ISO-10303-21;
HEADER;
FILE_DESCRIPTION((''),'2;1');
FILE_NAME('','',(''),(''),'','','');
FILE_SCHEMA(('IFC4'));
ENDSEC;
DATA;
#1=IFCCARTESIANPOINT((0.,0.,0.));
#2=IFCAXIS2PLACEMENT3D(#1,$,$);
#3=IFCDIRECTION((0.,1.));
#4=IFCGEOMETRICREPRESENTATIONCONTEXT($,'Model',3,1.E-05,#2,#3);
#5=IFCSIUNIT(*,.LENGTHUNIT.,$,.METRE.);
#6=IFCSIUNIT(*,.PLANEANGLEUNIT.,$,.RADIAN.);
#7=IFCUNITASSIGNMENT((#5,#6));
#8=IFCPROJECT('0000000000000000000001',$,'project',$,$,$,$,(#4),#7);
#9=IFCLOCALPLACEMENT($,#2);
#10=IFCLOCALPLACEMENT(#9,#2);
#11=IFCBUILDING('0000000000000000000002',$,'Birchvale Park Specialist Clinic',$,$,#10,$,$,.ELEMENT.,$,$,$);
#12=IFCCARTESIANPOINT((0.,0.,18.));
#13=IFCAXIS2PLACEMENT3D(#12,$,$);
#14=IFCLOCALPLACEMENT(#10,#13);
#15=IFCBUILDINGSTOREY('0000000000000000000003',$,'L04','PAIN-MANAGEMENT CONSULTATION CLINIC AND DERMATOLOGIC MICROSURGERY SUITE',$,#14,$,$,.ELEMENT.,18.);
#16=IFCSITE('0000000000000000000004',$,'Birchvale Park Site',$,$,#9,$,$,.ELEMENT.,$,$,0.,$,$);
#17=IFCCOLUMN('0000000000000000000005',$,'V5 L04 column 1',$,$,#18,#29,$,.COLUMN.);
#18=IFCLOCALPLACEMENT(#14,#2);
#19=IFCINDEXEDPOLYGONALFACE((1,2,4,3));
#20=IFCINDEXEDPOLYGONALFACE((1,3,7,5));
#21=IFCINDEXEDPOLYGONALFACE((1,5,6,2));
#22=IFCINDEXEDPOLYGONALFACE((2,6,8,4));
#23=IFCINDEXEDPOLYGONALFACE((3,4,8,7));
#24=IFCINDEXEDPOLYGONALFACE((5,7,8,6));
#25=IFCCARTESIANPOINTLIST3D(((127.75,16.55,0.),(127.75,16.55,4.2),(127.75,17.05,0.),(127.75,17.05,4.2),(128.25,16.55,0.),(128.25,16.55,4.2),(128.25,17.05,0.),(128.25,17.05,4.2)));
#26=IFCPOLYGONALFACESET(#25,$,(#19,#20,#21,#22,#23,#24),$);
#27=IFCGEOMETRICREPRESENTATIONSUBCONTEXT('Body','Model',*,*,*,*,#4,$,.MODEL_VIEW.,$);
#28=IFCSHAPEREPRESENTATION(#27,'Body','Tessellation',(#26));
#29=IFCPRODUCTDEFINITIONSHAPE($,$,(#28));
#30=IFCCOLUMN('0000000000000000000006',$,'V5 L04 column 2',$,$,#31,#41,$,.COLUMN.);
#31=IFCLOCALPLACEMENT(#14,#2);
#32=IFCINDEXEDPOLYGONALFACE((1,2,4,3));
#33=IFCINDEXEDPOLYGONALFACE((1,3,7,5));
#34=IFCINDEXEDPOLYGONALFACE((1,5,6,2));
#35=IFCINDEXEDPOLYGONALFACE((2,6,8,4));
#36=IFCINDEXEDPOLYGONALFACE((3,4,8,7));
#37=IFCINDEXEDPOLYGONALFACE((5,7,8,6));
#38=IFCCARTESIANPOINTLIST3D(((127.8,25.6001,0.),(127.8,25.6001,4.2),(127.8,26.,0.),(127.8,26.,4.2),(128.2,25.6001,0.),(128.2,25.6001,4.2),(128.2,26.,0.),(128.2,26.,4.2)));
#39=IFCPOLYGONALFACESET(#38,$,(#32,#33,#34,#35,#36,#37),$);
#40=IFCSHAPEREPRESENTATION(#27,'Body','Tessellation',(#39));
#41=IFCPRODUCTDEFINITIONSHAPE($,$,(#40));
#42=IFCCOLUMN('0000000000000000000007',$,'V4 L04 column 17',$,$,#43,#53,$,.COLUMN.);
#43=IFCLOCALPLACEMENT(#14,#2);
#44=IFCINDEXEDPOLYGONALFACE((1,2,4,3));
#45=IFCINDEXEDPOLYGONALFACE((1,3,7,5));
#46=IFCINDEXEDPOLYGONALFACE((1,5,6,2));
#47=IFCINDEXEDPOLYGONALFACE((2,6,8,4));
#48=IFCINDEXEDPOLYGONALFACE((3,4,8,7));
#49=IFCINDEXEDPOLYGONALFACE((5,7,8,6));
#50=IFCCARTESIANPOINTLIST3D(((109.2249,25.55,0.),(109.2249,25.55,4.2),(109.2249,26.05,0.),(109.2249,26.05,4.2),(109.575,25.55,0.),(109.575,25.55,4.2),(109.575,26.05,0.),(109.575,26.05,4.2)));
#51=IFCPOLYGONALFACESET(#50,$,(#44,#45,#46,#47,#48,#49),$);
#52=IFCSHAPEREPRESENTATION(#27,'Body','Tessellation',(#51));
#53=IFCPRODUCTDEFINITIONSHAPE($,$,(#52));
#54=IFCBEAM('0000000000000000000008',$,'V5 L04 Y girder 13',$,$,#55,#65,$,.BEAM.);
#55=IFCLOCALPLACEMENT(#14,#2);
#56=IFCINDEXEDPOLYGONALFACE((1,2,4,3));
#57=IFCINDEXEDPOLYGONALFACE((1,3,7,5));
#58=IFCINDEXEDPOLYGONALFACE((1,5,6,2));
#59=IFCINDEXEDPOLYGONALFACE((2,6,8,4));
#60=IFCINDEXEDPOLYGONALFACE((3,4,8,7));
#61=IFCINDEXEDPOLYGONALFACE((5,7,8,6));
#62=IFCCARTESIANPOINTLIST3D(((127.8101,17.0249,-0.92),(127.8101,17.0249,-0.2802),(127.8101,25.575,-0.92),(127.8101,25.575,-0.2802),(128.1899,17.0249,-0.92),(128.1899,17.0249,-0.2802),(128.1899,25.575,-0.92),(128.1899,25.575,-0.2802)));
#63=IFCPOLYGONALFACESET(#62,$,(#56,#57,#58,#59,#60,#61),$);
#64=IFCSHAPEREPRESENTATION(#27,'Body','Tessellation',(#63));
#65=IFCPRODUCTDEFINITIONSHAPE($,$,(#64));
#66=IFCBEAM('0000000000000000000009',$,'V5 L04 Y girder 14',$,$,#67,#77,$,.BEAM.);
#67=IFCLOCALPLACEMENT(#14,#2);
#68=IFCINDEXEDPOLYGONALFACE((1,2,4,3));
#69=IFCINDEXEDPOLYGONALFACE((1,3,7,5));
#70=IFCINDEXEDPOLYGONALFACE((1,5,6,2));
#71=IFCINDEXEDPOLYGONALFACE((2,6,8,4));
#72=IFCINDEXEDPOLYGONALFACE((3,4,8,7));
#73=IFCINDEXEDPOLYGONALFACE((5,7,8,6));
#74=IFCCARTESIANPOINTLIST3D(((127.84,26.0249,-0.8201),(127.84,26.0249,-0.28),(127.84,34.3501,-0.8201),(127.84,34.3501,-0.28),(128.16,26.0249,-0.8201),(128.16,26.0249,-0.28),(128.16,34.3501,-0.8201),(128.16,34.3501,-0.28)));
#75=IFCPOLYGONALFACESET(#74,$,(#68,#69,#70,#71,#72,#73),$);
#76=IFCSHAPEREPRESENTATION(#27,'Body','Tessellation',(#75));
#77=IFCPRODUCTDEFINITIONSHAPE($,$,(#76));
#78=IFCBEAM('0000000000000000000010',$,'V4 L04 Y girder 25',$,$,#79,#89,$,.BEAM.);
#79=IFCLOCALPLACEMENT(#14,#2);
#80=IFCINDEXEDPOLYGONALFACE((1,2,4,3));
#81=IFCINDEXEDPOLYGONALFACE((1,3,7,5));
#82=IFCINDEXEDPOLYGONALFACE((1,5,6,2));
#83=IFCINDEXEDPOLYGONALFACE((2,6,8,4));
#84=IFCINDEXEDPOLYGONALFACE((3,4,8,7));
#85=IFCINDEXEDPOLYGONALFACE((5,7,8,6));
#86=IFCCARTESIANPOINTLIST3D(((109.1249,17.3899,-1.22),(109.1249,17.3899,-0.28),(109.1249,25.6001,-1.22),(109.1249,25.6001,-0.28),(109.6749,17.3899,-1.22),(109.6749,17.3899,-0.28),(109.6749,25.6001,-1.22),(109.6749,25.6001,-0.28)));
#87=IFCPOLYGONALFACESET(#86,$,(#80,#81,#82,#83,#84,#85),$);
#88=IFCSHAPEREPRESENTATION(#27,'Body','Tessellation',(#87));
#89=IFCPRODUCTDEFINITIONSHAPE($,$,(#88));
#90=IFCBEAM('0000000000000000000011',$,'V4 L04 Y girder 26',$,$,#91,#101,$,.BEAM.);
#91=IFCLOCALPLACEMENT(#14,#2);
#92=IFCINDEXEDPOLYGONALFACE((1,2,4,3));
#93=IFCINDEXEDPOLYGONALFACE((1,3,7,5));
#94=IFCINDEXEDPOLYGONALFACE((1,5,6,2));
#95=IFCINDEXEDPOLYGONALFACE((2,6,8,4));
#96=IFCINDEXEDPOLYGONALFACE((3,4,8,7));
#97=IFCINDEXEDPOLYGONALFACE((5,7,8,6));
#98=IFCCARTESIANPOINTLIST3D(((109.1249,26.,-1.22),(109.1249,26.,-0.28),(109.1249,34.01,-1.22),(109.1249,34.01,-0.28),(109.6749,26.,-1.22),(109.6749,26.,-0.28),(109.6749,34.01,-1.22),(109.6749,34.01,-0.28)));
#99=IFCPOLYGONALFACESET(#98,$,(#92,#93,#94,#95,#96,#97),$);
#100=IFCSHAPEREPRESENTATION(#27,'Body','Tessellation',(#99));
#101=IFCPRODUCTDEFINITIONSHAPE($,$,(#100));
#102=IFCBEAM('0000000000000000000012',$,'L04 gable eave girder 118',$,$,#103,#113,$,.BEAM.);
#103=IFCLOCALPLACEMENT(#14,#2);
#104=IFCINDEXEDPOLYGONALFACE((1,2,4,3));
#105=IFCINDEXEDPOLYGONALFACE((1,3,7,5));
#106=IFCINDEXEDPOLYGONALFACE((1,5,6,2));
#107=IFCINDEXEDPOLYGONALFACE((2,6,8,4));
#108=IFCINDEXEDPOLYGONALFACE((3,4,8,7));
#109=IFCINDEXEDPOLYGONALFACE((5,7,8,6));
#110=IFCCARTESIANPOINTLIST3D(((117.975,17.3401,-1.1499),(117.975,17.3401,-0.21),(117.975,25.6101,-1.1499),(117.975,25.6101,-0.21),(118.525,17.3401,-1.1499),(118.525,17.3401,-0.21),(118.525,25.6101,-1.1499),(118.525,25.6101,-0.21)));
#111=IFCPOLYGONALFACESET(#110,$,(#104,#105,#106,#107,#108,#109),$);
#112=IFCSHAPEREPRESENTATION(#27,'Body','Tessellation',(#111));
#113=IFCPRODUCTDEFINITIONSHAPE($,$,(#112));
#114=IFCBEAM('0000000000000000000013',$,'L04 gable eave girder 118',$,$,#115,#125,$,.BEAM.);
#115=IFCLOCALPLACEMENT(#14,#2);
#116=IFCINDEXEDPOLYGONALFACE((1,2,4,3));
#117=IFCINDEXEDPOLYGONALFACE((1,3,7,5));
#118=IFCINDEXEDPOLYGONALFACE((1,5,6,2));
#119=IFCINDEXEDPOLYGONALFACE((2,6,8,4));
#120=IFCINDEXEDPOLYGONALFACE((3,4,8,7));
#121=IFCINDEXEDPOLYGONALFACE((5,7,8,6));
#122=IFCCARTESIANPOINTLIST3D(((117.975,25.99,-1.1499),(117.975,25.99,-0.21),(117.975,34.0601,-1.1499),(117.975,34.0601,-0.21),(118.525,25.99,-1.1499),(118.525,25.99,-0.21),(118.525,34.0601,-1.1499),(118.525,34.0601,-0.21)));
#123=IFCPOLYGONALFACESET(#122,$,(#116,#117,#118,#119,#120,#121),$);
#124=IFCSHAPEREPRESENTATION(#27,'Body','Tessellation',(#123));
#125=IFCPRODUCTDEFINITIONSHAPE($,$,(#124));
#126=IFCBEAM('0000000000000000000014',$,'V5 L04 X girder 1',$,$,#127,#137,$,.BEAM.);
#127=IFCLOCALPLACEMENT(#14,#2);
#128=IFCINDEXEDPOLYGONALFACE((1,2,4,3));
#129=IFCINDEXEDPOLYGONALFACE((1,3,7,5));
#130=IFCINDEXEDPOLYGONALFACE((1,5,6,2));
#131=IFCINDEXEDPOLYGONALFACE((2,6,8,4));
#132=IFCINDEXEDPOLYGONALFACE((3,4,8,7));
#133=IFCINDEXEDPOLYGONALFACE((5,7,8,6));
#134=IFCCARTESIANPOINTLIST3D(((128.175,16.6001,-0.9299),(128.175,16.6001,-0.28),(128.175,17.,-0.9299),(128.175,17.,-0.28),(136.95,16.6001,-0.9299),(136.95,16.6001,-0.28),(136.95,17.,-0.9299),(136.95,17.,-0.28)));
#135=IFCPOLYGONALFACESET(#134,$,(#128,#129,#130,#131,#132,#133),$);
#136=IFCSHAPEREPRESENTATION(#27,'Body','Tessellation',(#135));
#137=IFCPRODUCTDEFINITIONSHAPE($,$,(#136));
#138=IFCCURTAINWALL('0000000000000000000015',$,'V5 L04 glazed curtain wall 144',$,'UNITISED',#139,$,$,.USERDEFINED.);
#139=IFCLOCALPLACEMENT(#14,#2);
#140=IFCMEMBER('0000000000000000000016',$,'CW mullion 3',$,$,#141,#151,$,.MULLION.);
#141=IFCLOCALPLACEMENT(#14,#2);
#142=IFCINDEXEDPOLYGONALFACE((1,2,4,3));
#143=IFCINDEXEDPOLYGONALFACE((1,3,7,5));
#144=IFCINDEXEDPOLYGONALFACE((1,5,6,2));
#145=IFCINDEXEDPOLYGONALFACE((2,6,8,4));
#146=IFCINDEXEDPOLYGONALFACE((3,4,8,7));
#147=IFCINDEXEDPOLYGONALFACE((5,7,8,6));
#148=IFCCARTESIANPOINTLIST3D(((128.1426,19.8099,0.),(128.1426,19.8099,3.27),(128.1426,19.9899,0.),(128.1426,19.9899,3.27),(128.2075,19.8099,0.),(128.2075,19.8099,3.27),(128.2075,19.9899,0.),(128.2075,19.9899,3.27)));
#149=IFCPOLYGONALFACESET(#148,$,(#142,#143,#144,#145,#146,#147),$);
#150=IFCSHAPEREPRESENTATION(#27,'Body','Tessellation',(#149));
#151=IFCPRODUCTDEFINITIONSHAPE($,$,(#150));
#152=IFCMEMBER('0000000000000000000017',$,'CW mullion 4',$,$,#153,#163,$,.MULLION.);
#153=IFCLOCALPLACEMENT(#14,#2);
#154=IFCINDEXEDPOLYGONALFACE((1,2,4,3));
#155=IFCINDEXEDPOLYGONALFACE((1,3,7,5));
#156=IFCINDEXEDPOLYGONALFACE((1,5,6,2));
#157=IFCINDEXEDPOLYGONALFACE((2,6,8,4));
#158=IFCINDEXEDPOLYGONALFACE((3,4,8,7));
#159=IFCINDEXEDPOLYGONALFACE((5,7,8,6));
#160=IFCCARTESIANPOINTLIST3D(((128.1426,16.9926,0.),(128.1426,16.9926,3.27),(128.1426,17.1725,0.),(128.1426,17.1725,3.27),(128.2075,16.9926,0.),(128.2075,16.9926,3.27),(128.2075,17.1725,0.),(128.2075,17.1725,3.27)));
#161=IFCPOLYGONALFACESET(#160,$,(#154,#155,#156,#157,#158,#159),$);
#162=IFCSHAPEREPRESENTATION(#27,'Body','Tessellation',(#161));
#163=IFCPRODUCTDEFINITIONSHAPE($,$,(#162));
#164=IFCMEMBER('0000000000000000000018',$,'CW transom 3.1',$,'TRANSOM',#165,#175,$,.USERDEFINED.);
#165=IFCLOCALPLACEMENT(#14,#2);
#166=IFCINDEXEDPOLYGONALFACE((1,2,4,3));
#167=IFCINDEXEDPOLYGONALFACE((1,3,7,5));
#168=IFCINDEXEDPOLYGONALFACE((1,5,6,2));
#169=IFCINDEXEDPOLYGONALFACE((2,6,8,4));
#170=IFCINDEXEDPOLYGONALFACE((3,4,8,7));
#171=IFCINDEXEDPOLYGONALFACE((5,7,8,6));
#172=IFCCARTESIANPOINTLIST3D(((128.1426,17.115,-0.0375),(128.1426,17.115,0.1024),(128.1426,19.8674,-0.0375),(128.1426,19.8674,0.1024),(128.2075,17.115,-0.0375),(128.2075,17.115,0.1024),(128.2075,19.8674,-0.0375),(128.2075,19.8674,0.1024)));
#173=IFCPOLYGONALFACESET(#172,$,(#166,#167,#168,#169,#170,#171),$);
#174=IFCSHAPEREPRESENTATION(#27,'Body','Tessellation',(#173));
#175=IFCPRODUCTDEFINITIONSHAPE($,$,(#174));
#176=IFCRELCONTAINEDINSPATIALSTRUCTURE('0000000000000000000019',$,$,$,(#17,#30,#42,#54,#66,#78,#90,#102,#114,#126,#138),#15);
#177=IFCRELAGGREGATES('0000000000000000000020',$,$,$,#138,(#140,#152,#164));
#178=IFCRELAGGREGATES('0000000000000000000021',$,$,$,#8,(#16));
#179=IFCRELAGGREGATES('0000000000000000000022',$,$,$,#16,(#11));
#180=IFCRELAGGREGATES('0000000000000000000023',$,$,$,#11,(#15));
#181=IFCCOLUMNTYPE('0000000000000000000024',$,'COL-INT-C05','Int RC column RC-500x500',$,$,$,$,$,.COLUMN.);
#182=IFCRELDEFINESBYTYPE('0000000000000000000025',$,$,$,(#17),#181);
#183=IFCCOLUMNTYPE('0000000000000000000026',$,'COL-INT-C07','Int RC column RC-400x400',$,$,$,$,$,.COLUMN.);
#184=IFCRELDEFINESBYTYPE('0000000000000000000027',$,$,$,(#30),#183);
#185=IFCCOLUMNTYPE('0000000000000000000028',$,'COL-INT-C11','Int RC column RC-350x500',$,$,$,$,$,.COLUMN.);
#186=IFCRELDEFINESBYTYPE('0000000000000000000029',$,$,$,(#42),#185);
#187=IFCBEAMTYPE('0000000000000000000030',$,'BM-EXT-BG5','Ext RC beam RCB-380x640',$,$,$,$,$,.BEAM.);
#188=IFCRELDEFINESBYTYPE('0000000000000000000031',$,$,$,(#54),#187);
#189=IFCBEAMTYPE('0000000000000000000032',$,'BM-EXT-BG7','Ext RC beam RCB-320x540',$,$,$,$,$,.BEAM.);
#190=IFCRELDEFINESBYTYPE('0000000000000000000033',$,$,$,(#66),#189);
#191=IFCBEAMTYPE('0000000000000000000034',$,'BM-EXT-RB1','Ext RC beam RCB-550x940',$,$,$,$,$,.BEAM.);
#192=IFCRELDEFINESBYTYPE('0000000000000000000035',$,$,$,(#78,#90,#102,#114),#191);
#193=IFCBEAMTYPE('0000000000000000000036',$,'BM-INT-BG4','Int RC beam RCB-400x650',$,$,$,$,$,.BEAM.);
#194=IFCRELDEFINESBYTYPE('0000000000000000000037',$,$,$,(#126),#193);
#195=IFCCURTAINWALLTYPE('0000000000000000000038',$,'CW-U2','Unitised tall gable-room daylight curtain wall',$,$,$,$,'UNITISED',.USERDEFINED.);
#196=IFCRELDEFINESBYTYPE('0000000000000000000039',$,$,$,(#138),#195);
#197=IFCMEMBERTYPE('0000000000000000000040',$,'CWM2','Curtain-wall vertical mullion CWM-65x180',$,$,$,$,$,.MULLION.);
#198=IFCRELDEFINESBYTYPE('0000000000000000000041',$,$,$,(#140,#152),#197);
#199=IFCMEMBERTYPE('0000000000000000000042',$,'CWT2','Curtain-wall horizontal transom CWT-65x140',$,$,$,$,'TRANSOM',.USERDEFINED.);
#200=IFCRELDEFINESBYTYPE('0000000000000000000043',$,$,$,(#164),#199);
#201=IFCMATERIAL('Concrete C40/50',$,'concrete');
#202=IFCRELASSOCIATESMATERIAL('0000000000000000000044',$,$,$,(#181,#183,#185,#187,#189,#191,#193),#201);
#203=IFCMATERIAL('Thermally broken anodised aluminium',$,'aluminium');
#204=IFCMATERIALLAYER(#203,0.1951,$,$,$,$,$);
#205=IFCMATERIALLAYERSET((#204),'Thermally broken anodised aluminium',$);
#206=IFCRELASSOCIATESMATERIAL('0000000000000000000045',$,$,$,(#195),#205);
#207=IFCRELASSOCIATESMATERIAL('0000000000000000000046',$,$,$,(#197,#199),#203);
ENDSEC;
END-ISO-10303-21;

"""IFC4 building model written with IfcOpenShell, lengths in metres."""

from ifc_helpers import new_model, si_unit, direction, frame, origin, origin_2d, place, context, subcontext, project, spatial, rectangle, extrude, material, layer, layer_set, material_profile, profile_set, type_object, element, aggregate, save


model = new_model("IFC4")

# Units and contexts
model_context = context("Model", 3, precision=1e-05, world=origin(), true_north=direction((0.0, 1.0)))
body_context = subcontext(model_context, "Body", "Model", "MODEL_VIEW")
ifc_project = project(units=[si_unit("LENGTHUNIT", "METRE"), si_unit("PLANEANGLEUNIT", "RADIAN")], contexts=[model_context])

# Site, building, storey
site_placement = place(None, origin())
site = spatial("IfcSite", under=ifc_project, at=site_placement, Name="Birchvale Park Site", CompositionType="ELEMENT", RefElevation=0.0)
building_placement = place(site_placement, origin())
building = spatial("IfcBuilding", under=site, at=building_placement, Name="Birchvale Park Specialist Clinic", CompositionType="ELEMENT")
storey_placement = place(building_placement, frame((0.0, 0.0, 18.0)))
storey = spatial("IfcBuildingStorey", under=building, at=storey_placement, Name="L04", Description="PAIN-MANAGEMENT CONSULTATION CLINIC AND DERMATOLOGIC MICROSURGERY SUITE", CompositionType="ELEMENT", Elevation=18.0)

# Columns
ifc_material_1 = material(Name="Concrete C40/50", Category="concrete")
ifc_material_profile_1 = material_profile(ifc_material_1, rectangle(XDim=0.5, YDim=0.5, at=origin_2d()), Name="RC-500x500")
ifc_profile_set_1 = profile_set([ifc_material_profile_1], Name="Concrete C40/50")
column_type_1 = type_object("IfcColumnType", Name="COL-INT-C05", Description="Int RC column RC-500x500", PredefinedType="COLUMN", material=ifc_profile_set_1)
column_1_placement = place(storey_placement, frame((128.0, 16.8, 0.0), z_axis=(0.0, 0.0, 1.0), x_axis=(1.0, 0.0, 0.0)))
element("IfcColumn", 1, at=column_1_placement, inside=storey, type_object=column_type_1, Name="V5 L04 column 1", PredefinedType="COLUMN", context=body_context, shape_type="SweptSolid", body=[
    extrude(rectangle(XDim=0.5, YDim=0.5, at=origin_2d()), origin(), (0.0, 0.0, 1.0), 4.2),
])
ifc_material_profile_2 = material_profile(ifc_material_1, rectangle(XDim=0.3999, YDim=0.3999, at=origin_2d()), Name="RC-400x400")
ifc_profile_set_2 = profile_set([ifc_material_profile_2], Name="Concrete C40/50")
column_type_2 = type_object("IfcColumnType", Name="COL-INT-C07", Description="Int RC column RC-400x400", PredefinedType="COLUMN", material=ifc_profile_set_2)
column_2_placement = place(storey_placement, frame((128.0, 25.8, 0.0), z_axis=(0.0, 0.0, 1.0), x_axis=(1.0, 0.0, 0.0)))
element("IfcColumn", 2, at=column_2_placement, inside=storey, type_object=column_type_2, Name="V5 L04 column 2", PredefinedType="COLUMN", context=body_context, shape_type="SweptSolid", body=[
    extrude(rectangle(XDim=0.3999, YDim=0.3999, at=origin_2d()), origin(), (0.0, 0.0, 1.0), 4.2),
])
ifc_material_profile_3 = material_profile(ifc_material_1, rectangle(XDim=0.3501, YDim=0.5, at=origin_2d()), Name="RC-350x500")
ifc_profile_set_3 = profile_set([ifc_material_profile_3], Name="Concrete C40/50")
column_type_3 = type_object("IfcColumnType", Name="COL-INT-C11", Description="Int RC column RC-350x500", PredefinedType="COLUMN", material=ifc_profile_set_3)
column_3_placement = place(storey_placement, frame((109.3999, 25.8, 0.0), z_axis=(0.0, 0.0, 1.0), x_axis=(1.0, 0.0, 0.0)))
element("IfcColumn", 3, at=column_3_placement, inside=storey, type_object=column_type_3, Name="V4 L04 column 17", PredefinedType="COLUMN", context=body_context, shape_type="SweptSolid", body=[
    extrude(rectangle(XDim=0.3501, YDim=0.5, at=origin_2d()), origin(), (0.0, 0.0, 1.0), 4.2),
])

# Beams
ifc_material_profile_4 = material_profile(ifc_material_1, rectangle(XDim=0.3799, YDim=0.6399, at=origin_2d()), Name="RCB-380x640")
ifc_profile_set_4 = profile_set([ifc_material_profile_4], Name="Concrete C40/50")
beam_type_1 = type_object("IfcBeamType", Name="BM-EXT-BG5", Description="Ext RC beam RCB-380x640", PredefinedType="BEAM", material=ifc_profile_set_4)
beam_1_placement = place(storey_placement, frame((128.0, 17.0249, -0.6001), z_axis=(0.0, 1.0, 0.0), x_axis=(-1.0, 0.0, 0.0)))
element("IfcBeam", 4, at=beam_1_placement, inside=storey, type_object=beam_type_1, Name="V5 L04 Y girder 13", PredefinedType="BEAM", context=body_context, shape_type="SweptSolid", body=[
    extrude(rectangle(XDim=0.3799, YDim=0.6399, at=origin_2d()), origin(), (0.0, 0.0, 1.0), 8.55),
])
ifc_material_profile_5 = material_profile(ifc_material_1, rectangle(XDim=0.3201, YDim=0.54, at=origin_2d()), Name="RCB-320x540")
ifc_profile_set_5 = profile_set([ifc_material_profile_5], Name="Concrete C40/50")
beam_type_2 = type_object("IfcBeamType", Name="BM-EXT-BG7", Description="Ext RC beam RCB-320x540", PredefinedType="BEAM", material=ifc_profile_set_5)
beam_2_placement = place(storey_placement, frame((128.0, 26.0249, -0.55), z_axis=(0.0, 1.0, 0.0), x_axis=(-1.0, 0.0, 0.0)))
element("IfcBeam", 5, at=beam_2_placement, inside=storey, type_object=beam_type_2, Name="V5 L04 Y girder 14", PredefinedType="BEAM", context=body_context, shape_type="SweptSolid", body=[
    extrude(rectangle(XDim=0.3201, YDim=0.54, at=origin_2d()), origin(), (0.0, 0.0, 1.0), 8.3252),
])
ifc_material_profile_6 = material_profile(ifc_material_1, rectangle(XDim=0.55, YDim=0.9399, at=origin_2d()), Name="RCB-550x940")
ifc_profile_set_6 = profile_set([ifc_material_profile_6], Name="Concrete C40/50")
beam_type_3 = type_object("IfcBeamType", Name="BM-EXT-RB1", Description="Ext RC beam RCB-550x940", PredefinedType="BEAM", material=ifc_profile_set_6)
beam_3_placement = place(storey_placement, frame((109.3999, 17.3899, -0.75), z_axis=(0.0, 1.0, 0.0), x_axis=(-1.0, 0.0, 0.0)))
element("IfcBeam", 6, at=beam_3_placement, inside=storey, type_object=beam_type_3, Name="V4 L04 Y girder 25", PredefinedType="BEAM", context=body_context, shape_type="SweptSolid", body=[
    extrude(rectangle(XDim=0.55, YDim=0.9399, at=origin_2d()), origin(), (0.0, 0.0, 1.0), 8.2102),
])
beam_4_placement = place(storey_placement, frame((109.3999, 26.0, -0.75), z_axis=(0.0, 1.0, 0.0), x_axis=(-1.0, 0.0, 0.0)))
element("IfcBeam", 7, at=beam_4_placement, inside=storey, type_object=beam_type_3, Name="V4 L04 Y girder 26", PredefinedType="BEAM", context=body_context, shape_type="SweptSolid", body=[
    extrude(rectangle(XDim=0.55, YDim=0.9399, at=origin_2d()), origin(), (0.0, 0.0, 1.0), 8.01),
])
beam_5_placement = place(storey_placement, frame((118.25, 17.3401, -0.6799), z_axis=(0.0, 1.0, 0.0), x_axis=(-1.0, 0.0, 0.0)))
element("IfcBeam", 8, at=beam_5_placement, inside=storey, type_object=beam_type_3, Name="L04 gable eave girder 118", PredefinedType="BEAM", context=body_context, shape_type="SweptSolid", body=[
    extrude(rectangle(XDim=0.55, YDim=0.9399, at=origin_2d()), origin(), (0.0, 0.0, 1.0), 8.27),
])
beam_6_placement = place(storey_placement, frame((118.25, 25.99, -0.6799), z_axis=(0.0, 1.0, 0.0), x_axis=(-1.0, 0.0, 0.0)))
element("IfcBeam", 9, at=beam_6_placement, inside=storey, type_object=beam_type_3, Name="L04 gable eave girder 118", PredefinedType="BEAM", context=body_context, shape_type="SweptSolid", body=[
    extrude(rectangle(XDim=0.55, YDim=0.9399, at=origin_2d()), origin(), (0.0, 0.0, 1.0), 8.0701),
])
ifc_material_profile_7 = material_profile(ifc_material_1, rectangle(XDim=0.3999, YDim=0.6499, at=origin_2d()), Name="RCB-400x650")
ifc_profile_set_7 = profile_set([ifc_material_profile_7], Name="Concrete C40/50")
beam_type_4 = type_object("IfcBeamType", Name="BM-INT-BG4", Description="Int RC beam RCB-400x650", PredefinedType="BEAM", material=ifc_profile_set_7)
beam_7_placement = place(storey_placement, frame((128.175, 16.8, -0.605), z_axis=(1.0, 0.0, 0.0), x_axis=(0.0, 1.0, 0.0)))
element("IfcBeam", 10, at=beam_7_placement, inside=storey, type_object=beam_type_4, Name="V5 L04 X girder 1", PredefinedType="BEAM", context=body_context, shape_type="SweptSolid", body=[
    extrude(rectangle(XDim=0.3999, YDim=0.6499, at=origin_2d()), origin(), (0.0, 0.0, 1.0), 8.7749),
])

# Curtain wall, members
ifc_material_2 = material(Name="Thermally broken anodised aluminium", Category="aluminium")
ifc_layer_1 = layer(ifc_material_2, 0.1951)
ifc_layer_set_1 = layer_set([ifc_layer_1], Name="Thermally broken anodised aluminium")
curtain_wall_type = type_object("IfcCurtainWallType", Name="CW-U2", Description="Unitised tall gable-room daylight curtain wall", ElementType="UNITISED", PredefinedType="USERDEFINED", material=ifc_layer_set_1)
curtain_wall_placement = place(storey_placement, origin())
curtain_wall = element("IfcCurtainWall", 11, at=curtain_wall_placement, inside=storey, type_object=curtain_wall_type, Name="V5 L04 glazed curtain wall 144", ObjectType="UNITISED", PredefinedType="USERDEFINED")
ifc_material_profile_8 = material_profile(ifc_material_2, rectangle(XDim=0.0649, YDim=0.1799, at=origin_2d()), Name="CWM-65x180")
ifc_profile_set_8 = profile_set([ifc_material_profile_8], Name="Thermally broken anodised aluminium")
member_type_1 = type_object("IfcMemberType", Name="CWM2", Description="Curtain-wall vertical mullion CWM-65x180", PredefinedType="MULLION", material=ifc_profile_set_8)
member_1_placement = place(storey_placement, frame((128.175, 19.8999, 0.0), z_axis=(0.0, 0.0, 1.0), x_axis=(1.0, 0.0, 0.0)))
member_1 = element("IfcMember", 12, at=member_1_placement, type_object=member_type_1, Name="CW mullion 3", PredefinedType="MULLION", context=body_context, shape_type="SweptSolid", body=[
    extrude(rectangle(XDim=0.0649, YDim=0.1799, at=origin_2d()), origin(), (0.0, 0.0, 1.0), 3.27),
])
member_2_placement = place(storey_placement, frame((128.175, 17.0825, 0.0), z_axis=(0.0, 0.0, 1.0), x_axis=(1.0, 0.0, 0.0)))
member_2 = element("IfcMember", 13, at=member_2_placement, type_object=member_type_1, Name="CW mullion 4", PredefinedType="MULLION", context=body_context, shape_type="SweptSolid", body=[
    extrude(rectangle(XDim=0.0649, YDim=0.1799, at=origin_2d()), origin(), (0.0, 0.0, 1.0), 3.27),
])
ifc_material_profile_9 = material_profile(ifc_material_2, rectangle(XDim=0.0649, YDim=0.1399, at=origin_2d()), Name="CWT-65x140")
ifc_profile_set_9 = profile_set([ifc_material_profile_9], Name="Thermally broken anodised aluminium")
member_type_2 = type_object("IfcMemberType", Name="CWT2", Description="Curtain-wall horizontal transom CWT-65x140", ElementType="TRANSOM", PredefinedType="USERDEFINED", material=ifc_profile_set_9)
member_3_placement = place(storey_placement, frame((128.175, 19.8674, 0.0325), z_axis=(0.0, -1.0, 0.0), x_axis=(1.0, 0.0, 0.0)))
member_3 = element("IfcMember", 14, at=member_3_placement, type_object=member_type_2, Name="CW transom 3.1", ObjectType="TRANSOM", PredefinedType="USERDEFINED", context=body_context, shape_type="SweptSolid", body=[
    extrude(rectangle(XDim=0.0649, YDim=0.1399, at=origin_2d()), origin(), (0.0, 0.0, 1.0), 2.7524),
])

aggregate(curtain_wall, [member_1, member_2, member_3])

save(model, "model.ifc")
